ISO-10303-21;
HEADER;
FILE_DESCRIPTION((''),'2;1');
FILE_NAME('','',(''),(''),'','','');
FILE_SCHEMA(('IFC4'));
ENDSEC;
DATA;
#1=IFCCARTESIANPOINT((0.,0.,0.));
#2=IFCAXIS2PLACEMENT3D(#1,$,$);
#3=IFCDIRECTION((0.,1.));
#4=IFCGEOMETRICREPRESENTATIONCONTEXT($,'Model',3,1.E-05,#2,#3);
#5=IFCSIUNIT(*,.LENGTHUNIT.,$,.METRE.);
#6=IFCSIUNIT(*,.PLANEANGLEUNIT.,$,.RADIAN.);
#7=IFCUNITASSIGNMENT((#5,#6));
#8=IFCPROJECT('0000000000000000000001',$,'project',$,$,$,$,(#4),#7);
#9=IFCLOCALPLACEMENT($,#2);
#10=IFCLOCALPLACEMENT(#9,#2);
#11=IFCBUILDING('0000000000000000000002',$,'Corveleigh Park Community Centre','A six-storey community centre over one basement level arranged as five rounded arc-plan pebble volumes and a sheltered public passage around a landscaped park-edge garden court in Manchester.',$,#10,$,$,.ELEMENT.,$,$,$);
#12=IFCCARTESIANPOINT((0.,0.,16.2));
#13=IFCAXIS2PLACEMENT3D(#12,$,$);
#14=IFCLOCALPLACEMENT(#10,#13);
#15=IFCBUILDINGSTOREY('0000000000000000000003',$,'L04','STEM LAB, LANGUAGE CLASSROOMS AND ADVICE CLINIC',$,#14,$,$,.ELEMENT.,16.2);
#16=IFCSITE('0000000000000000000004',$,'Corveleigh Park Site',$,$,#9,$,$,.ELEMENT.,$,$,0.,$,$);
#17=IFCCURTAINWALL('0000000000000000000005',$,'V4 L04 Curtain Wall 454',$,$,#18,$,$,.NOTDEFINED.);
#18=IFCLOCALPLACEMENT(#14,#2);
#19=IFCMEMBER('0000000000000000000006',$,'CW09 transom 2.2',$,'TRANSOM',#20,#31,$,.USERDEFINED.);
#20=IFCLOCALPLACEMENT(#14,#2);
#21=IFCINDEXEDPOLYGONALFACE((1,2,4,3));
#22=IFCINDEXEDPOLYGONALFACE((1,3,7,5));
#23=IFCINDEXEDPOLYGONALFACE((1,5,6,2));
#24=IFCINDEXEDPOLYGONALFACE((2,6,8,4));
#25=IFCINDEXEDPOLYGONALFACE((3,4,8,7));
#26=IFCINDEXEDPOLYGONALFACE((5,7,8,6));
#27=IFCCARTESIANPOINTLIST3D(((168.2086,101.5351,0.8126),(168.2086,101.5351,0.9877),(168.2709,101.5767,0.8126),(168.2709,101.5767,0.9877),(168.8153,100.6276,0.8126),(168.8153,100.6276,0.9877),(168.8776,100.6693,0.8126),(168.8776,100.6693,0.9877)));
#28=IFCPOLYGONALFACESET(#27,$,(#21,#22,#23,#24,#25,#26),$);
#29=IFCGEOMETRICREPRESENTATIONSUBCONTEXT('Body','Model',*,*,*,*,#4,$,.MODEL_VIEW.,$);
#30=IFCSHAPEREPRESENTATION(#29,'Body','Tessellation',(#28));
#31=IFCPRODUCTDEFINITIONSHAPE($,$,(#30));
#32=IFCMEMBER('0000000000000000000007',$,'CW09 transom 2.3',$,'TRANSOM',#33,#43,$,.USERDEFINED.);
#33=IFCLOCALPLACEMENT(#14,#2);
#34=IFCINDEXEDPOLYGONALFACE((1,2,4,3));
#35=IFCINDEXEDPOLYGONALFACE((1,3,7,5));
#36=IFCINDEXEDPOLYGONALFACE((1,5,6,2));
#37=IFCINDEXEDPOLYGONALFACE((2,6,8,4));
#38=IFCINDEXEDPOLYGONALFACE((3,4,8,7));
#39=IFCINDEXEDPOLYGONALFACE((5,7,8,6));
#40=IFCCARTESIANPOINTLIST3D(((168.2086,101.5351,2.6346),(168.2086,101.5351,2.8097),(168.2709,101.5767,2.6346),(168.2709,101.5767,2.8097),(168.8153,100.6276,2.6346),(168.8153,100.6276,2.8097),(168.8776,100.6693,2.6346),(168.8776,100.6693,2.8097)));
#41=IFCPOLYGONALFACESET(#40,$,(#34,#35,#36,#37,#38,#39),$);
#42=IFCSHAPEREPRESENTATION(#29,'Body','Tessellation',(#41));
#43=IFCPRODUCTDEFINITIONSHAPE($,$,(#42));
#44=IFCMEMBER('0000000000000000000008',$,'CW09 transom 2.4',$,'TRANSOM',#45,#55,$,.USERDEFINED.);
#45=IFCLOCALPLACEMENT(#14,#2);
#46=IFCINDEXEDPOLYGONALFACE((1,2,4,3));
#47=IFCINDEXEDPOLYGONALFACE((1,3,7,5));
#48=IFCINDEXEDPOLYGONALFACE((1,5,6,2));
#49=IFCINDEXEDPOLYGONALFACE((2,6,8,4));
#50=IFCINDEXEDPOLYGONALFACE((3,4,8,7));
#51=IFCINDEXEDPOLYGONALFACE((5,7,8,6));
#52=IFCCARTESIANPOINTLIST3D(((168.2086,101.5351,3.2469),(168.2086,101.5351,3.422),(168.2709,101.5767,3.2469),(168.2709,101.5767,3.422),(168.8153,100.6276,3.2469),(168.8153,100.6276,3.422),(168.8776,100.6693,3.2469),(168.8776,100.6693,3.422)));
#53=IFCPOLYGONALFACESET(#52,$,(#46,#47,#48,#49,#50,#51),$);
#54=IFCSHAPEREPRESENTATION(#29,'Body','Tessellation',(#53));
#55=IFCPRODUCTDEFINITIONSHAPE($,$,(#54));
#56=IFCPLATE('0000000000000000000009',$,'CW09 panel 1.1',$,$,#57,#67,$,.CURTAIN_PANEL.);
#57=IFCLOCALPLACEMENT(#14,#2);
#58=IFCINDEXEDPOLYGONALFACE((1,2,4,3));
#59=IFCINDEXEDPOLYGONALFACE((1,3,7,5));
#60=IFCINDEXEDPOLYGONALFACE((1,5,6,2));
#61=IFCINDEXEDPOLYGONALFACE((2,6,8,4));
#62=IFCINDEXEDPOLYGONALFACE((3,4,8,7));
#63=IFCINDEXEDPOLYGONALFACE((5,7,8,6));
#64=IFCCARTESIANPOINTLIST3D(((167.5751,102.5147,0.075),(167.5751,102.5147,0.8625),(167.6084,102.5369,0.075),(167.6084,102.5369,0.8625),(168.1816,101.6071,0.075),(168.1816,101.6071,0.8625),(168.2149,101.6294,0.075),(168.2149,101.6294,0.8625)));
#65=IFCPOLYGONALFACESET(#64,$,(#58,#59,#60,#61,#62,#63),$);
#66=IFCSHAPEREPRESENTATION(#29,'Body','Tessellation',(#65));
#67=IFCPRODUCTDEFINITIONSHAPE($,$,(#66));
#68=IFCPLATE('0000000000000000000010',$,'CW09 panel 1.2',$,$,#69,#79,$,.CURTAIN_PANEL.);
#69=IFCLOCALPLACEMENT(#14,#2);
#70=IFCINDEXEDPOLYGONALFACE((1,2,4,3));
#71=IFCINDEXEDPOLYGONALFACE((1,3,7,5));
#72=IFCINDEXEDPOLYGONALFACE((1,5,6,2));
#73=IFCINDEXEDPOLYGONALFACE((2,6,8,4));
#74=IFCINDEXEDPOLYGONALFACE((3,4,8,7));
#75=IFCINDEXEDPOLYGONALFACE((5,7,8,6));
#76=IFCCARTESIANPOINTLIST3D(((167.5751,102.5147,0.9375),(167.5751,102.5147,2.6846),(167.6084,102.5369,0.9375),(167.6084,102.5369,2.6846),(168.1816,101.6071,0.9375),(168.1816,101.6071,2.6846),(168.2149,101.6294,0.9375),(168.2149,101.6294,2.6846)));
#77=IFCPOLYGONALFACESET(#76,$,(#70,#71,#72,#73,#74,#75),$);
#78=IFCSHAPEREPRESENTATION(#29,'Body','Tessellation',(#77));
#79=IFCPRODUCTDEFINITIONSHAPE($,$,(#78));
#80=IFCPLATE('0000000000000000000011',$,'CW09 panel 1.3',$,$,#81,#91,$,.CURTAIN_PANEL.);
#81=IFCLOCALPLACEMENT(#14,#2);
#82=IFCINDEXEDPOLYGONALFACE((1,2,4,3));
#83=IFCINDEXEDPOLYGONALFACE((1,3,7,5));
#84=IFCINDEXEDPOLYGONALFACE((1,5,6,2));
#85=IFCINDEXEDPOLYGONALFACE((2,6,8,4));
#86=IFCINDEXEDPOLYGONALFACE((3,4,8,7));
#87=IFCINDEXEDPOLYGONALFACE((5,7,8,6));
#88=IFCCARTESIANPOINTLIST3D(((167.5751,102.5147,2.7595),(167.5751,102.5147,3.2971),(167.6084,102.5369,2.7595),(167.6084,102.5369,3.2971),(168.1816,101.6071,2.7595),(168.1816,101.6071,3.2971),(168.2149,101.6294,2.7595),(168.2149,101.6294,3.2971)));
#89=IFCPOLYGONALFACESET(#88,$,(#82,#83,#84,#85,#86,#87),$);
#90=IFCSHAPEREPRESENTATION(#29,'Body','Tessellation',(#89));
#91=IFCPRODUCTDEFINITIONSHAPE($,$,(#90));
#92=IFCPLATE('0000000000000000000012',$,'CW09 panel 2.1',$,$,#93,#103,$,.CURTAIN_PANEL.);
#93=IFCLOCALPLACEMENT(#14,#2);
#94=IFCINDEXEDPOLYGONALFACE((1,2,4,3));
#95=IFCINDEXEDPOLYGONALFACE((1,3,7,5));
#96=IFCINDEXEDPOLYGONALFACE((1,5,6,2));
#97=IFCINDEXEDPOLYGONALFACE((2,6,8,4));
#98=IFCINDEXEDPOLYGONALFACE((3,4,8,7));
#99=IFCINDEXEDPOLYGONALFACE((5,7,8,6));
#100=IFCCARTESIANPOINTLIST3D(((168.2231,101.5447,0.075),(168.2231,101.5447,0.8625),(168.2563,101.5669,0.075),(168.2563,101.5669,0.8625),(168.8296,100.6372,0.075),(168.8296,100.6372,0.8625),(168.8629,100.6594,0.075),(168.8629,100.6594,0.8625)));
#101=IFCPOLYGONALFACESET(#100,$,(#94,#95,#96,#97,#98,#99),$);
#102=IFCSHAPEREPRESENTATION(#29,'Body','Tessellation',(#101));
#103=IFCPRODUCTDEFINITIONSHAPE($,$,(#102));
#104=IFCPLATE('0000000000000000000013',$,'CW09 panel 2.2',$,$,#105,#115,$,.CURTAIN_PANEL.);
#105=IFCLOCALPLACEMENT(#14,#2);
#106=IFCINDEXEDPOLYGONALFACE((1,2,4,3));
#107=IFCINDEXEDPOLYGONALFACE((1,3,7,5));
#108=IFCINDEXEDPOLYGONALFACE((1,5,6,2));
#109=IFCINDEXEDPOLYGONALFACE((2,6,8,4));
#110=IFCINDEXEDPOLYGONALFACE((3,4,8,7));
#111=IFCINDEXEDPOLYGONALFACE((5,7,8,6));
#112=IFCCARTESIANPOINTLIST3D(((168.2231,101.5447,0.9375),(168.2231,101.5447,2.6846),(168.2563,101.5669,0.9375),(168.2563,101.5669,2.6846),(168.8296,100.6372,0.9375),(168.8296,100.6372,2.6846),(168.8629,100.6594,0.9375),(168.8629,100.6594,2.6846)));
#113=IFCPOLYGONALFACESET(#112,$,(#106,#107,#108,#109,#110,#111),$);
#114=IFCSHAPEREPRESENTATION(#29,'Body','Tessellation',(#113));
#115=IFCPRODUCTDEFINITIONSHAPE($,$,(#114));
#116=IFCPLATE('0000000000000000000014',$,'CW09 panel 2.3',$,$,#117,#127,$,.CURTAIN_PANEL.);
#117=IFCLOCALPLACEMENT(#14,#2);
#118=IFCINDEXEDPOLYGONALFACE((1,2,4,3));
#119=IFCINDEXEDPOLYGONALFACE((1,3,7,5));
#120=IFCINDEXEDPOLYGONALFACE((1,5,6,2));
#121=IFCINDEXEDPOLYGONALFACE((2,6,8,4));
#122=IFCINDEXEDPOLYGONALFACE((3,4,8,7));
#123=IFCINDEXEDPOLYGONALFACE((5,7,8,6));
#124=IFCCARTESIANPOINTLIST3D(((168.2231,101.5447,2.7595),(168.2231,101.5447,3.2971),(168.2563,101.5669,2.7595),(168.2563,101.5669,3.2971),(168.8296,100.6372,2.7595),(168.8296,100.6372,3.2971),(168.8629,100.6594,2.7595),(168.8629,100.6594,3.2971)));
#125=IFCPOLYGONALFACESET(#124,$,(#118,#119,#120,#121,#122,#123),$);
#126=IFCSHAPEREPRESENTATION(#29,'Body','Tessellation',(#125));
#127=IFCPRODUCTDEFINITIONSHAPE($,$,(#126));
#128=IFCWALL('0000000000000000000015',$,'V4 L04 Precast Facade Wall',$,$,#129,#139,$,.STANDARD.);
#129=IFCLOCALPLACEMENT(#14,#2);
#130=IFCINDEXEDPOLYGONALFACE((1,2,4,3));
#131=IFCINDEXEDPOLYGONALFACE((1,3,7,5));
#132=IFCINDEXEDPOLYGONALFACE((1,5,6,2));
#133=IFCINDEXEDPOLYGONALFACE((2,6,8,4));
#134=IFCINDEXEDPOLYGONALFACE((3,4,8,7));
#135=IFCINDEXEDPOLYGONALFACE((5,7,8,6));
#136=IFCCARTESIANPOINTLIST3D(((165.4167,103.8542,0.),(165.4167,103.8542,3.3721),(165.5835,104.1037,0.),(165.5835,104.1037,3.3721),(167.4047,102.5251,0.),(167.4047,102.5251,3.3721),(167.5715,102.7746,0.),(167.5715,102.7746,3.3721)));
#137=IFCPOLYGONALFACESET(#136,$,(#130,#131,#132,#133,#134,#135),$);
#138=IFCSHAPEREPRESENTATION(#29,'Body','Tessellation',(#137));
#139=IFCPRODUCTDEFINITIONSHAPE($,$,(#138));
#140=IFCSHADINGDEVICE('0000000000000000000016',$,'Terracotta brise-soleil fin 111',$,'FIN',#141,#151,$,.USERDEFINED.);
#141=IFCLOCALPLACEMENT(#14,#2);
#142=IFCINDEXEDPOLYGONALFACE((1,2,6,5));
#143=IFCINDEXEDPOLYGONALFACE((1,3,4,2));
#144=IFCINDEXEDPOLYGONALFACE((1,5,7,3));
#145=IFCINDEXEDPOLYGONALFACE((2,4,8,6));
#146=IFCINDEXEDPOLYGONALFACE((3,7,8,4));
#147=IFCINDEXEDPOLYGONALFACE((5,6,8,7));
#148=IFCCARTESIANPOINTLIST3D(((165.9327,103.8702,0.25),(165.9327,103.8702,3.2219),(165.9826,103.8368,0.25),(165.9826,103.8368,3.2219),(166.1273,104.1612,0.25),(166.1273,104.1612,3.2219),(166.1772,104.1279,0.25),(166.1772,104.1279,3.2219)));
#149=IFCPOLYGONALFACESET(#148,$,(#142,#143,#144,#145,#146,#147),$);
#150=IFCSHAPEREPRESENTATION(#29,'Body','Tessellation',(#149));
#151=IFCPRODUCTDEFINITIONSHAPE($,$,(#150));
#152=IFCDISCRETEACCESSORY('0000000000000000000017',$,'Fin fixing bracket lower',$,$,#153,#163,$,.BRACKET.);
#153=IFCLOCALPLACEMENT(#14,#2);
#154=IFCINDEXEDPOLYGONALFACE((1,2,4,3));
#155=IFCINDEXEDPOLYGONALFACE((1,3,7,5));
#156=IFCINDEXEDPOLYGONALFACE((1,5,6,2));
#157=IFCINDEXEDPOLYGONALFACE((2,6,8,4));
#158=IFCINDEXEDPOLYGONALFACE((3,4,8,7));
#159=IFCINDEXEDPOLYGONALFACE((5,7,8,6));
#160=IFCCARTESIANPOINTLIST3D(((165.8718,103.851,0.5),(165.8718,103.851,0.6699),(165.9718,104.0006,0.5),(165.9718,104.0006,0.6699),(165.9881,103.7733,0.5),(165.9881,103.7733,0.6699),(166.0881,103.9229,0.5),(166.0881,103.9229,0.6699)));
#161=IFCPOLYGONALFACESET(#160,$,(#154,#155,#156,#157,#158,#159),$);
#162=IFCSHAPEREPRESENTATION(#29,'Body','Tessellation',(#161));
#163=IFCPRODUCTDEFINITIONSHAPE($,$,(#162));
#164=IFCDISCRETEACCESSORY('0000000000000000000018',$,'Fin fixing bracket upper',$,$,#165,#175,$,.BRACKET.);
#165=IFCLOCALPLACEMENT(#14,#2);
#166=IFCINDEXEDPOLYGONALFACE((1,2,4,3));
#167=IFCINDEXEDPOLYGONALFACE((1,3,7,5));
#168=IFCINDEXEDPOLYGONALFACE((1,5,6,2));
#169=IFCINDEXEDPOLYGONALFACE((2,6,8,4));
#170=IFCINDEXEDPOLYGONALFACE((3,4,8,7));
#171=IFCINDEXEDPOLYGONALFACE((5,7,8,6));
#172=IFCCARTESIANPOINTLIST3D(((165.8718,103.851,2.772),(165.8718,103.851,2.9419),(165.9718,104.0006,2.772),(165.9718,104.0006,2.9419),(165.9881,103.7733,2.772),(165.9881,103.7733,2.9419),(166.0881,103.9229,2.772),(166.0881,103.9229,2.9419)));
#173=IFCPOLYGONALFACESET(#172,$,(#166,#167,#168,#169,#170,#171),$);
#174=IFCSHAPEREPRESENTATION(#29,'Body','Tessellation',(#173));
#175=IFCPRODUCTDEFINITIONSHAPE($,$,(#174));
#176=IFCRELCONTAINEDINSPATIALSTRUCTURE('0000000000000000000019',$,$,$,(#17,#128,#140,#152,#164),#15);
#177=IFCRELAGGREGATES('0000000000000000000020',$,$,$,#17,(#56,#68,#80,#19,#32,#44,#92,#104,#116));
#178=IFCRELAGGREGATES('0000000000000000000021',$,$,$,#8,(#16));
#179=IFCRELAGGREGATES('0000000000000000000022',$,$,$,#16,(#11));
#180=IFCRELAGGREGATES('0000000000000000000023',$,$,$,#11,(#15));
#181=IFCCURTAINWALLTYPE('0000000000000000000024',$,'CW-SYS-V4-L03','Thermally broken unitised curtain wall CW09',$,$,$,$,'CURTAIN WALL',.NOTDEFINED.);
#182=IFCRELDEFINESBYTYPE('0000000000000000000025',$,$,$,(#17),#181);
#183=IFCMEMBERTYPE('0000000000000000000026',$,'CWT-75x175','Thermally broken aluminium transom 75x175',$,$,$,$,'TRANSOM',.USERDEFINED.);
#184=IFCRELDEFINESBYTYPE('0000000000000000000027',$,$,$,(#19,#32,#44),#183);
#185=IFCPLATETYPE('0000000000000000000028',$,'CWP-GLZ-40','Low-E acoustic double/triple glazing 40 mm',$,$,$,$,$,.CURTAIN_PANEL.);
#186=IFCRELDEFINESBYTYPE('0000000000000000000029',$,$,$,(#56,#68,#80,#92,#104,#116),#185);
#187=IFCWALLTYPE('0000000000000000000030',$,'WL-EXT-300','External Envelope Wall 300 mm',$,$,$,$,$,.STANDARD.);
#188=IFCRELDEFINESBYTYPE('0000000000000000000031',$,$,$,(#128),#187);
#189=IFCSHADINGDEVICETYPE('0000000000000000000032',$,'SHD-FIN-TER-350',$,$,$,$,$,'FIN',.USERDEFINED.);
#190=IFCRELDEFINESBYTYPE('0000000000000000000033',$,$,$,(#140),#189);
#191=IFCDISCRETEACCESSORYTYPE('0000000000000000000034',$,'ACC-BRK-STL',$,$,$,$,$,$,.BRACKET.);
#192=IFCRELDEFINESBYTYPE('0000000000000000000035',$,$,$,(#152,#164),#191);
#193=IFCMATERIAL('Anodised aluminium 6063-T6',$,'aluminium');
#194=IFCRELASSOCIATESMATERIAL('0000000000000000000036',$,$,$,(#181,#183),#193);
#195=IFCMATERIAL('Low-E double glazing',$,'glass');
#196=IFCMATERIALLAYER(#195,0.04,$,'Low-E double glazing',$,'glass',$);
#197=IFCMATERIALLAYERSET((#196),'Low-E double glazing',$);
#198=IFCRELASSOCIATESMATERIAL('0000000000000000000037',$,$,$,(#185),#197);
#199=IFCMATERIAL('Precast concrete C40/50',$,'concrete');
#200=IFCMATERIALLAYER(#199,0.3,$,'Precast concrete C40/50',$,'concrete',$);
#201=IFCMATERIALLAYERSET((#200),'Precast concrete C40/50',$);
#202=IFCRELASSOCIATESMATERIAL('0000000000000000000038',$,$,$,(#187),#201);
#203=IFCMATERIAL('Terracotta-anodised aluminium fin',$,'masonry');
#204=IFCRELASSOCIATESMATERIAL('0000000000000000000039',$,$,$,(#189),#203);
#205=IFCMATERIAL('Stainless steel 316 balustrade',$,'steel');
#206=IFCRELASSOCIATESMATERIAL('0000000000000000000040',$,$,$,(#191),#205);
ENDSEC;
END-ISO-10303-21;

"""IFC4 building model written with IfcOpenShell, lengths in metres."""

from ifc_helpers import new_model, si_unit, direction, frame, frame_2d, origin, origin_2d, place, context, subcontext, project, spatial, rectangle, extrude, material, layer, layer_set, material_profile, profile_set, type_object, element, aggregate, save


model = new_model("IFC4")

# Units and contexts
model_context = context("Model", 3, precision=1e-05, world=origin(), true_north=direction((0.0, 1.0)))
body_context = subcontext(model_context, "Body", "Model", "MODEL_VIEW")
ifc_project = project(units=[si_unit("LENGTHUNIT", "METRE"), si_unit("PLANEANGLEUNIT", "RADIAN")], contexts=[model_context])

# Site, building, storey
site_placement = place(None, origin())
site = spatial("IfcSite", under=ifc_project, at=site_placement, Name="Corveleigh Park Site", CompositionType="ELEMENT", RefElevation=0.0)
building_placement = place(site_placement, origin())
building = spatial("IfcBuilding", under=site, at=building_placement, Name="Corveleigh Park Community Centre", Description="A six-storey community centre over one basement level arranged as five rounded arc-plan pebble volumes and a sheltered public passage around a landscaped park-edge garden court in Manchester.", CompositionType="ELEMENT")
storey_placement = place(building_placement, frame((0.0, 0.0, 16.2)))
storey = spatial("IfcBuildingStorey", under=building, at=storey_placement, Name="L04", Description="STEM LAB, LANGUAGE CLASSROOMS AND ADVICE CLINIC", CompositionType="ELEMENT", Elevation=16.2)

# Shared definitions
ifc_material_1 = material(Name="Anodised aluminium 6063-T6", Category="aluminium")
curtain_wall_type = type_object("IfcCurtainWallType", Name="CW-SYS-V4-L03", Description="Thermally broken unitised curtain wall CW09", ElementType="CURTAIN WALL", PredefinedType="NOTDEFINED", material=ifc_material_1)

# Curtain wall
curtain_wall_1_placement = place(storey_placement, origin())
curtain_wall_1 = element("IfcCurtainWall", 1, at=curtain_wall_1_placement, inside=storey, type_object=curtain_wall_type, Name="V4 L04 Curtain Wall 454", PredefinedType="NOTDEFINED")

# Members
ifc_material_profile_1 = material_profile(ifc_material_1, rectangle(XDim=0.075, YDim=0.175, at=origin_2d()), Name="ALU-T75x175", Category="aluminium")
ifc_profile_set_1 = profile_set([ifc_material_profile_1], Name="Anodised aluminium 6063-T6")
member_type_1 = type_object("IfcMemberType", Name="CWT-75x175", Description="Thermally broken aluminium transom 75x175", ElementType="TRANSOM", PredefinedType="USERDEFINED", material=ifc_profile_set_1)
member_1_placement = place(storey_placement, frame((168.2397, 101.5559, 0.9001), z_axis=(0.555784, -0.831327, 0.0), x_axis=(0.831327, 0.555784, 0.0)))
member_1 = element("IfcMember", 2, at=member_1_placement, type_object=member_type_1, Name="CW09 transom 2.2", ObjectType="TRANSOM", PredefinedType="USERDEFINED", context=body_context, shape_type="SweptSolid", body=[
    extrude(rectangle(XDim=0.075, YDim=0.175, at=origin_2d()), origin(), (0.0, 0.0, 1.0), 1.0916),
])
member_2_placement = place(storey_placement, frame((168.2397, 101.5559, 2.7222), z_axis=(0.555784, -0.831327, 0.0), x_axis=(0.831327, 0.555784, 0.0)))
member_2 = element("IfcMember", 3, at=member_2_placement, type_object=member_type_1, Name="CW09 transom 2.3", ObjectType="TRANSOM", PredefinedType="USERDEFINED", context=body_context, shape_type="SweptSolid", body=[
    extrude(rectangle(XDim=0.075, YDim=0.175, at=origin_2d()), origin(), (0.0, 0.0, 1.0), 1.0916),
])
member_3_placement = place(storey_placement, frame((168.2397, 101.5559, 3.3345), z_axis=(0.555784, -0.831327, 0.0), x_axis=(0.831327, 0.555784, 0.0)))
member_3 = element("IfcMember", 4, at=member_3_placement, type_object=member_type_1, Name="CW09 transom 2.4", ObjectType="TRANSOM", PredefinedType="USERDEFINED", context=body_context, shape_type="SweptSolid", body=[
    extrude(rectangle(XDim=0.075, YDim=0.175, at=origin_2d()), origin(), (0.0, 0.0, 1.0), 1.0916),
])

# Plates
ifc_material_2 = material(Name="Low-E double glazing", Category="glass")
ifc_layer_1 = layer(ifc_material_2, 0.04, Name="Low-E double glazing", Category="glass")
ifc_layer_set_1 = layer_set([ifc_layer_1], Name="Low-E double glazing")
plate_type = type_object("IfcPlateType", Name="CWP-GLZ-40", Description="Low-E acoustic double/triple glazing 40 mm", PredefinedType="CURTAIN_PANEL", material=ifc_layer_set_1)
plate_1_placement = place(storey_placement, frame((167.895, 102.072, 0.075), z_axis=(0.0, 0.0, 1.0), x_axis=(0.555658, -0.831411, 0.0)))
plate_1 = element("IfcPlate", 5, at=plate_1_placement, type_object=plate_type, Name="CW09 panel 1.1", PredefinedType="CURTAIN_PANEL", context=body_context, shape_type="SweptSolid", body=[
    extrude(rectangle(XDim=1.0916, YDim=0.04, at=origin_2d()), origin(), (0.0, 0.0, 1.0), 0.7876),
])
plate_2_placement = place(storey_placement, frame((167.895, 102.072, 0.9375), z_axis=(0.0, 0.0, 1.0), x_axis=(0.555658, -0.831411, 0.0)))
plate_2 = element("IfcPlate", 6, at=plate_2_placement, type_object=plate_type, Name="CW09 panel 1.2", PredefinedType="CURTAIN_PANEL", context=body_context, shape_type="SweptSolid", body=[
    extrude(rectangle(XDim=1.0916, YDim=0.04, at=origin_2d()), origin(), (0.0, 0.0, 1.0), 1.7471),
])
plate_3_placement = place(storey_placement, frame((167.895, 102.072, 2.7595), z_axis=(0.0, 0.0, 1.0), x_axis=(0.555658, -0.831411, 0.0)))
plate_3 = element("IfcPlate", 7, at=plate_3_placement, type_object=plate_type, Name="CW09 panel 1.3", PredefinedType="CURTAIN_PANEL", context=body_context, shape_type="SweptSolid", body=[
    extrude(rectangle(XDim=1.0916, YDim=0.04, at=origin_2d()), origin(), (0.0, 0.0, 1.0), 0.5376),
])
plate_4_placement = place(storey_placement, frame((168.543, 101.1021, 0.075), z_axis=(0.0, 0.0, 1.0), x_axis=(0.555658, -0.831411, 0.0)))
plate_4 = element("IfcPlate", 8, at=plate_4_placement, type_object=plate_type, Name="CW09 panel 2.1", PredefinedType="CURTAIN_PANEL", context=body_context, shape_type="SweptSolid", body=[
    extrude(rectangle(XDim=1.0916, YDim=0.04, at=origin_2d()), origin(), (0.0, 0.0, 1.0), 0.7876),
])
plate_5_placement = place(storey_placement, frame((168.543, 101.1021, 0.9375), z_axis=(0.0, 0.0, 1.0), x_axis=(0.555658, -0.831411, 0.0)))
plate_5 = element("IfcPlate", 9, at=plate_5_placement, type_object=plate_type, Name="CW09 panel 2.2", PredefinedType="CURTAIN_PANEL", context=body_context, shape_type="SweptSolid", body=[
    extrude(rectangle(XDim=1.0916, YDim=0.04, at=origin_2d()), origin(), (0.0, 0.0, 1.0), 1.7471),
])
plate_6_placement = place(storey_placement, frame((168.543, 101.1021, 2.7595), z_axis=(0.0, 0.0, 1.0), x_axis=(0.555658, -0.831411, 0.0)))
plate_6 = element("IfcPlate", 10, at=plate_6_placement, type_object=plate_type, Name="CW09 panel 2.3", PredefinedType="CURTAIN_PANEL", context=body_context, shape_type="SweptSolid", body=[
    extrude(rectangle(XDim=1.0916, YDim=0.04, at=origin_2d()), origin(), (0.0, 0.0, 1.0), 0.5376),
])
aggregate(curtain_wall_1, [plate_1, plate_2, plate_3, member_1, member_2, member_3, plate_4, plate_5, plate_6])

# Wall
ifc_material_3 = material(Name="Precast concrete C40/50", Category="concrete")
ifc_layer_2 = layer(ifc_material_3, 0.3, Name="Precast concrete C40/50", Category="concrete")
ifc_layer_set_2 = layer_set([ifc_layer_2], Name="Precast concrete C40/50")
wall_type = type_object("IfcWallType", Name="WL-EXT-300", Description="External Envelope Wall 300 mm", PredefinedType="STANDARD", material=ifc_layer_set_2)
wall_placement = place(storey_placement, frame((165.5, 103.979, 0.0), z_axis=(0.0, 0.0, 1.0), x_axis=(0.831327, -0.555783, 0.0)))
element("IfcWall", 11, at=wall_placement, inside=storey, type_object=wall_type, Name="V4 L04 Precast Facade Wall", PredefinedType="STANDARD", context=body_context, shape_type="SweptSolid", body=[
    extrude(rectangle(XDim=2.3914, YDim=0.3, at=frame_2d((1.1958, 0.0))), origin(), (0.0, 0.0, 1.0), 3.3721),
])

# Shading device
ifc_material_4 = material(Name="Terracotta-anodised aluminium fin", Category="masonry")
shading_device_type = type_object("IfcShadingDeviceType", Name="SHD-FIN-TER-350", ElementType="FIN", PredefinedType="USERDEFINED", material=ifc_material_4)
shading_device_placement = place(storey_placement, frame((166.0549, 103.999, 0.25), z_axis=(0.0, 0.0, 1.0), x_axis=(0.555761, 0.831342, 0.0)))
element("IfcShadingDevice", 12, at=shading_device_placement, inside=storey, type_object=shading_device_type, Name="Terracotta brise-soleil fin 111", ObjectType="FIN", PredefinedType="USERDEFINED", context=body_context, shape_type="SweptSolid", body=[
    extrude(rectangle(XDim=0.3501, YDim=0.0601, at=origin_2d()), origin(), (0.0, 0.0, 1.0), 2.9719),
])

# Discrete accessories
ifc_material_5 = material(Name="Stainless steel 316 balustrade", Category="steel")
discrete_accessory_type = type_object("IfcDiscreteAccessoryType", Name="ACC-BRK-STL", PredefinedType="BRACKET", material=ifc_material_5)
for number, where, z_axis, x_axis, name in (
    (13, (165.98, 103.887, 0.5), (0.0, 0.0, 1.0), (0.555761, 0.831342, 0.0), "Fin fixing bracket lower"),
    (14, (165.98, 103.887, 2.772), (0.0, 0.0, 1.0), (0.555761, 0.831342, 0.0), "Fin fixing bracket upper"),
):
    element("IfcDiscreteAccessory", number, at=place(storey_placement, frame(where, z_axis=z_axis, x_axis=x_axis)), inside=storey, type_object=discrete_accessory_type, Name=name, PredefinedType="BRACKET", context=body_context, shape_type="SweptSolid", body=[
        extrude(rectangle(XDim=0.1799, YDim=0.1399, at=origin_2d()), origin(), (0.0, 0.0, 1.0), 0.1699),
    ])

save(model, "model.ifc")
